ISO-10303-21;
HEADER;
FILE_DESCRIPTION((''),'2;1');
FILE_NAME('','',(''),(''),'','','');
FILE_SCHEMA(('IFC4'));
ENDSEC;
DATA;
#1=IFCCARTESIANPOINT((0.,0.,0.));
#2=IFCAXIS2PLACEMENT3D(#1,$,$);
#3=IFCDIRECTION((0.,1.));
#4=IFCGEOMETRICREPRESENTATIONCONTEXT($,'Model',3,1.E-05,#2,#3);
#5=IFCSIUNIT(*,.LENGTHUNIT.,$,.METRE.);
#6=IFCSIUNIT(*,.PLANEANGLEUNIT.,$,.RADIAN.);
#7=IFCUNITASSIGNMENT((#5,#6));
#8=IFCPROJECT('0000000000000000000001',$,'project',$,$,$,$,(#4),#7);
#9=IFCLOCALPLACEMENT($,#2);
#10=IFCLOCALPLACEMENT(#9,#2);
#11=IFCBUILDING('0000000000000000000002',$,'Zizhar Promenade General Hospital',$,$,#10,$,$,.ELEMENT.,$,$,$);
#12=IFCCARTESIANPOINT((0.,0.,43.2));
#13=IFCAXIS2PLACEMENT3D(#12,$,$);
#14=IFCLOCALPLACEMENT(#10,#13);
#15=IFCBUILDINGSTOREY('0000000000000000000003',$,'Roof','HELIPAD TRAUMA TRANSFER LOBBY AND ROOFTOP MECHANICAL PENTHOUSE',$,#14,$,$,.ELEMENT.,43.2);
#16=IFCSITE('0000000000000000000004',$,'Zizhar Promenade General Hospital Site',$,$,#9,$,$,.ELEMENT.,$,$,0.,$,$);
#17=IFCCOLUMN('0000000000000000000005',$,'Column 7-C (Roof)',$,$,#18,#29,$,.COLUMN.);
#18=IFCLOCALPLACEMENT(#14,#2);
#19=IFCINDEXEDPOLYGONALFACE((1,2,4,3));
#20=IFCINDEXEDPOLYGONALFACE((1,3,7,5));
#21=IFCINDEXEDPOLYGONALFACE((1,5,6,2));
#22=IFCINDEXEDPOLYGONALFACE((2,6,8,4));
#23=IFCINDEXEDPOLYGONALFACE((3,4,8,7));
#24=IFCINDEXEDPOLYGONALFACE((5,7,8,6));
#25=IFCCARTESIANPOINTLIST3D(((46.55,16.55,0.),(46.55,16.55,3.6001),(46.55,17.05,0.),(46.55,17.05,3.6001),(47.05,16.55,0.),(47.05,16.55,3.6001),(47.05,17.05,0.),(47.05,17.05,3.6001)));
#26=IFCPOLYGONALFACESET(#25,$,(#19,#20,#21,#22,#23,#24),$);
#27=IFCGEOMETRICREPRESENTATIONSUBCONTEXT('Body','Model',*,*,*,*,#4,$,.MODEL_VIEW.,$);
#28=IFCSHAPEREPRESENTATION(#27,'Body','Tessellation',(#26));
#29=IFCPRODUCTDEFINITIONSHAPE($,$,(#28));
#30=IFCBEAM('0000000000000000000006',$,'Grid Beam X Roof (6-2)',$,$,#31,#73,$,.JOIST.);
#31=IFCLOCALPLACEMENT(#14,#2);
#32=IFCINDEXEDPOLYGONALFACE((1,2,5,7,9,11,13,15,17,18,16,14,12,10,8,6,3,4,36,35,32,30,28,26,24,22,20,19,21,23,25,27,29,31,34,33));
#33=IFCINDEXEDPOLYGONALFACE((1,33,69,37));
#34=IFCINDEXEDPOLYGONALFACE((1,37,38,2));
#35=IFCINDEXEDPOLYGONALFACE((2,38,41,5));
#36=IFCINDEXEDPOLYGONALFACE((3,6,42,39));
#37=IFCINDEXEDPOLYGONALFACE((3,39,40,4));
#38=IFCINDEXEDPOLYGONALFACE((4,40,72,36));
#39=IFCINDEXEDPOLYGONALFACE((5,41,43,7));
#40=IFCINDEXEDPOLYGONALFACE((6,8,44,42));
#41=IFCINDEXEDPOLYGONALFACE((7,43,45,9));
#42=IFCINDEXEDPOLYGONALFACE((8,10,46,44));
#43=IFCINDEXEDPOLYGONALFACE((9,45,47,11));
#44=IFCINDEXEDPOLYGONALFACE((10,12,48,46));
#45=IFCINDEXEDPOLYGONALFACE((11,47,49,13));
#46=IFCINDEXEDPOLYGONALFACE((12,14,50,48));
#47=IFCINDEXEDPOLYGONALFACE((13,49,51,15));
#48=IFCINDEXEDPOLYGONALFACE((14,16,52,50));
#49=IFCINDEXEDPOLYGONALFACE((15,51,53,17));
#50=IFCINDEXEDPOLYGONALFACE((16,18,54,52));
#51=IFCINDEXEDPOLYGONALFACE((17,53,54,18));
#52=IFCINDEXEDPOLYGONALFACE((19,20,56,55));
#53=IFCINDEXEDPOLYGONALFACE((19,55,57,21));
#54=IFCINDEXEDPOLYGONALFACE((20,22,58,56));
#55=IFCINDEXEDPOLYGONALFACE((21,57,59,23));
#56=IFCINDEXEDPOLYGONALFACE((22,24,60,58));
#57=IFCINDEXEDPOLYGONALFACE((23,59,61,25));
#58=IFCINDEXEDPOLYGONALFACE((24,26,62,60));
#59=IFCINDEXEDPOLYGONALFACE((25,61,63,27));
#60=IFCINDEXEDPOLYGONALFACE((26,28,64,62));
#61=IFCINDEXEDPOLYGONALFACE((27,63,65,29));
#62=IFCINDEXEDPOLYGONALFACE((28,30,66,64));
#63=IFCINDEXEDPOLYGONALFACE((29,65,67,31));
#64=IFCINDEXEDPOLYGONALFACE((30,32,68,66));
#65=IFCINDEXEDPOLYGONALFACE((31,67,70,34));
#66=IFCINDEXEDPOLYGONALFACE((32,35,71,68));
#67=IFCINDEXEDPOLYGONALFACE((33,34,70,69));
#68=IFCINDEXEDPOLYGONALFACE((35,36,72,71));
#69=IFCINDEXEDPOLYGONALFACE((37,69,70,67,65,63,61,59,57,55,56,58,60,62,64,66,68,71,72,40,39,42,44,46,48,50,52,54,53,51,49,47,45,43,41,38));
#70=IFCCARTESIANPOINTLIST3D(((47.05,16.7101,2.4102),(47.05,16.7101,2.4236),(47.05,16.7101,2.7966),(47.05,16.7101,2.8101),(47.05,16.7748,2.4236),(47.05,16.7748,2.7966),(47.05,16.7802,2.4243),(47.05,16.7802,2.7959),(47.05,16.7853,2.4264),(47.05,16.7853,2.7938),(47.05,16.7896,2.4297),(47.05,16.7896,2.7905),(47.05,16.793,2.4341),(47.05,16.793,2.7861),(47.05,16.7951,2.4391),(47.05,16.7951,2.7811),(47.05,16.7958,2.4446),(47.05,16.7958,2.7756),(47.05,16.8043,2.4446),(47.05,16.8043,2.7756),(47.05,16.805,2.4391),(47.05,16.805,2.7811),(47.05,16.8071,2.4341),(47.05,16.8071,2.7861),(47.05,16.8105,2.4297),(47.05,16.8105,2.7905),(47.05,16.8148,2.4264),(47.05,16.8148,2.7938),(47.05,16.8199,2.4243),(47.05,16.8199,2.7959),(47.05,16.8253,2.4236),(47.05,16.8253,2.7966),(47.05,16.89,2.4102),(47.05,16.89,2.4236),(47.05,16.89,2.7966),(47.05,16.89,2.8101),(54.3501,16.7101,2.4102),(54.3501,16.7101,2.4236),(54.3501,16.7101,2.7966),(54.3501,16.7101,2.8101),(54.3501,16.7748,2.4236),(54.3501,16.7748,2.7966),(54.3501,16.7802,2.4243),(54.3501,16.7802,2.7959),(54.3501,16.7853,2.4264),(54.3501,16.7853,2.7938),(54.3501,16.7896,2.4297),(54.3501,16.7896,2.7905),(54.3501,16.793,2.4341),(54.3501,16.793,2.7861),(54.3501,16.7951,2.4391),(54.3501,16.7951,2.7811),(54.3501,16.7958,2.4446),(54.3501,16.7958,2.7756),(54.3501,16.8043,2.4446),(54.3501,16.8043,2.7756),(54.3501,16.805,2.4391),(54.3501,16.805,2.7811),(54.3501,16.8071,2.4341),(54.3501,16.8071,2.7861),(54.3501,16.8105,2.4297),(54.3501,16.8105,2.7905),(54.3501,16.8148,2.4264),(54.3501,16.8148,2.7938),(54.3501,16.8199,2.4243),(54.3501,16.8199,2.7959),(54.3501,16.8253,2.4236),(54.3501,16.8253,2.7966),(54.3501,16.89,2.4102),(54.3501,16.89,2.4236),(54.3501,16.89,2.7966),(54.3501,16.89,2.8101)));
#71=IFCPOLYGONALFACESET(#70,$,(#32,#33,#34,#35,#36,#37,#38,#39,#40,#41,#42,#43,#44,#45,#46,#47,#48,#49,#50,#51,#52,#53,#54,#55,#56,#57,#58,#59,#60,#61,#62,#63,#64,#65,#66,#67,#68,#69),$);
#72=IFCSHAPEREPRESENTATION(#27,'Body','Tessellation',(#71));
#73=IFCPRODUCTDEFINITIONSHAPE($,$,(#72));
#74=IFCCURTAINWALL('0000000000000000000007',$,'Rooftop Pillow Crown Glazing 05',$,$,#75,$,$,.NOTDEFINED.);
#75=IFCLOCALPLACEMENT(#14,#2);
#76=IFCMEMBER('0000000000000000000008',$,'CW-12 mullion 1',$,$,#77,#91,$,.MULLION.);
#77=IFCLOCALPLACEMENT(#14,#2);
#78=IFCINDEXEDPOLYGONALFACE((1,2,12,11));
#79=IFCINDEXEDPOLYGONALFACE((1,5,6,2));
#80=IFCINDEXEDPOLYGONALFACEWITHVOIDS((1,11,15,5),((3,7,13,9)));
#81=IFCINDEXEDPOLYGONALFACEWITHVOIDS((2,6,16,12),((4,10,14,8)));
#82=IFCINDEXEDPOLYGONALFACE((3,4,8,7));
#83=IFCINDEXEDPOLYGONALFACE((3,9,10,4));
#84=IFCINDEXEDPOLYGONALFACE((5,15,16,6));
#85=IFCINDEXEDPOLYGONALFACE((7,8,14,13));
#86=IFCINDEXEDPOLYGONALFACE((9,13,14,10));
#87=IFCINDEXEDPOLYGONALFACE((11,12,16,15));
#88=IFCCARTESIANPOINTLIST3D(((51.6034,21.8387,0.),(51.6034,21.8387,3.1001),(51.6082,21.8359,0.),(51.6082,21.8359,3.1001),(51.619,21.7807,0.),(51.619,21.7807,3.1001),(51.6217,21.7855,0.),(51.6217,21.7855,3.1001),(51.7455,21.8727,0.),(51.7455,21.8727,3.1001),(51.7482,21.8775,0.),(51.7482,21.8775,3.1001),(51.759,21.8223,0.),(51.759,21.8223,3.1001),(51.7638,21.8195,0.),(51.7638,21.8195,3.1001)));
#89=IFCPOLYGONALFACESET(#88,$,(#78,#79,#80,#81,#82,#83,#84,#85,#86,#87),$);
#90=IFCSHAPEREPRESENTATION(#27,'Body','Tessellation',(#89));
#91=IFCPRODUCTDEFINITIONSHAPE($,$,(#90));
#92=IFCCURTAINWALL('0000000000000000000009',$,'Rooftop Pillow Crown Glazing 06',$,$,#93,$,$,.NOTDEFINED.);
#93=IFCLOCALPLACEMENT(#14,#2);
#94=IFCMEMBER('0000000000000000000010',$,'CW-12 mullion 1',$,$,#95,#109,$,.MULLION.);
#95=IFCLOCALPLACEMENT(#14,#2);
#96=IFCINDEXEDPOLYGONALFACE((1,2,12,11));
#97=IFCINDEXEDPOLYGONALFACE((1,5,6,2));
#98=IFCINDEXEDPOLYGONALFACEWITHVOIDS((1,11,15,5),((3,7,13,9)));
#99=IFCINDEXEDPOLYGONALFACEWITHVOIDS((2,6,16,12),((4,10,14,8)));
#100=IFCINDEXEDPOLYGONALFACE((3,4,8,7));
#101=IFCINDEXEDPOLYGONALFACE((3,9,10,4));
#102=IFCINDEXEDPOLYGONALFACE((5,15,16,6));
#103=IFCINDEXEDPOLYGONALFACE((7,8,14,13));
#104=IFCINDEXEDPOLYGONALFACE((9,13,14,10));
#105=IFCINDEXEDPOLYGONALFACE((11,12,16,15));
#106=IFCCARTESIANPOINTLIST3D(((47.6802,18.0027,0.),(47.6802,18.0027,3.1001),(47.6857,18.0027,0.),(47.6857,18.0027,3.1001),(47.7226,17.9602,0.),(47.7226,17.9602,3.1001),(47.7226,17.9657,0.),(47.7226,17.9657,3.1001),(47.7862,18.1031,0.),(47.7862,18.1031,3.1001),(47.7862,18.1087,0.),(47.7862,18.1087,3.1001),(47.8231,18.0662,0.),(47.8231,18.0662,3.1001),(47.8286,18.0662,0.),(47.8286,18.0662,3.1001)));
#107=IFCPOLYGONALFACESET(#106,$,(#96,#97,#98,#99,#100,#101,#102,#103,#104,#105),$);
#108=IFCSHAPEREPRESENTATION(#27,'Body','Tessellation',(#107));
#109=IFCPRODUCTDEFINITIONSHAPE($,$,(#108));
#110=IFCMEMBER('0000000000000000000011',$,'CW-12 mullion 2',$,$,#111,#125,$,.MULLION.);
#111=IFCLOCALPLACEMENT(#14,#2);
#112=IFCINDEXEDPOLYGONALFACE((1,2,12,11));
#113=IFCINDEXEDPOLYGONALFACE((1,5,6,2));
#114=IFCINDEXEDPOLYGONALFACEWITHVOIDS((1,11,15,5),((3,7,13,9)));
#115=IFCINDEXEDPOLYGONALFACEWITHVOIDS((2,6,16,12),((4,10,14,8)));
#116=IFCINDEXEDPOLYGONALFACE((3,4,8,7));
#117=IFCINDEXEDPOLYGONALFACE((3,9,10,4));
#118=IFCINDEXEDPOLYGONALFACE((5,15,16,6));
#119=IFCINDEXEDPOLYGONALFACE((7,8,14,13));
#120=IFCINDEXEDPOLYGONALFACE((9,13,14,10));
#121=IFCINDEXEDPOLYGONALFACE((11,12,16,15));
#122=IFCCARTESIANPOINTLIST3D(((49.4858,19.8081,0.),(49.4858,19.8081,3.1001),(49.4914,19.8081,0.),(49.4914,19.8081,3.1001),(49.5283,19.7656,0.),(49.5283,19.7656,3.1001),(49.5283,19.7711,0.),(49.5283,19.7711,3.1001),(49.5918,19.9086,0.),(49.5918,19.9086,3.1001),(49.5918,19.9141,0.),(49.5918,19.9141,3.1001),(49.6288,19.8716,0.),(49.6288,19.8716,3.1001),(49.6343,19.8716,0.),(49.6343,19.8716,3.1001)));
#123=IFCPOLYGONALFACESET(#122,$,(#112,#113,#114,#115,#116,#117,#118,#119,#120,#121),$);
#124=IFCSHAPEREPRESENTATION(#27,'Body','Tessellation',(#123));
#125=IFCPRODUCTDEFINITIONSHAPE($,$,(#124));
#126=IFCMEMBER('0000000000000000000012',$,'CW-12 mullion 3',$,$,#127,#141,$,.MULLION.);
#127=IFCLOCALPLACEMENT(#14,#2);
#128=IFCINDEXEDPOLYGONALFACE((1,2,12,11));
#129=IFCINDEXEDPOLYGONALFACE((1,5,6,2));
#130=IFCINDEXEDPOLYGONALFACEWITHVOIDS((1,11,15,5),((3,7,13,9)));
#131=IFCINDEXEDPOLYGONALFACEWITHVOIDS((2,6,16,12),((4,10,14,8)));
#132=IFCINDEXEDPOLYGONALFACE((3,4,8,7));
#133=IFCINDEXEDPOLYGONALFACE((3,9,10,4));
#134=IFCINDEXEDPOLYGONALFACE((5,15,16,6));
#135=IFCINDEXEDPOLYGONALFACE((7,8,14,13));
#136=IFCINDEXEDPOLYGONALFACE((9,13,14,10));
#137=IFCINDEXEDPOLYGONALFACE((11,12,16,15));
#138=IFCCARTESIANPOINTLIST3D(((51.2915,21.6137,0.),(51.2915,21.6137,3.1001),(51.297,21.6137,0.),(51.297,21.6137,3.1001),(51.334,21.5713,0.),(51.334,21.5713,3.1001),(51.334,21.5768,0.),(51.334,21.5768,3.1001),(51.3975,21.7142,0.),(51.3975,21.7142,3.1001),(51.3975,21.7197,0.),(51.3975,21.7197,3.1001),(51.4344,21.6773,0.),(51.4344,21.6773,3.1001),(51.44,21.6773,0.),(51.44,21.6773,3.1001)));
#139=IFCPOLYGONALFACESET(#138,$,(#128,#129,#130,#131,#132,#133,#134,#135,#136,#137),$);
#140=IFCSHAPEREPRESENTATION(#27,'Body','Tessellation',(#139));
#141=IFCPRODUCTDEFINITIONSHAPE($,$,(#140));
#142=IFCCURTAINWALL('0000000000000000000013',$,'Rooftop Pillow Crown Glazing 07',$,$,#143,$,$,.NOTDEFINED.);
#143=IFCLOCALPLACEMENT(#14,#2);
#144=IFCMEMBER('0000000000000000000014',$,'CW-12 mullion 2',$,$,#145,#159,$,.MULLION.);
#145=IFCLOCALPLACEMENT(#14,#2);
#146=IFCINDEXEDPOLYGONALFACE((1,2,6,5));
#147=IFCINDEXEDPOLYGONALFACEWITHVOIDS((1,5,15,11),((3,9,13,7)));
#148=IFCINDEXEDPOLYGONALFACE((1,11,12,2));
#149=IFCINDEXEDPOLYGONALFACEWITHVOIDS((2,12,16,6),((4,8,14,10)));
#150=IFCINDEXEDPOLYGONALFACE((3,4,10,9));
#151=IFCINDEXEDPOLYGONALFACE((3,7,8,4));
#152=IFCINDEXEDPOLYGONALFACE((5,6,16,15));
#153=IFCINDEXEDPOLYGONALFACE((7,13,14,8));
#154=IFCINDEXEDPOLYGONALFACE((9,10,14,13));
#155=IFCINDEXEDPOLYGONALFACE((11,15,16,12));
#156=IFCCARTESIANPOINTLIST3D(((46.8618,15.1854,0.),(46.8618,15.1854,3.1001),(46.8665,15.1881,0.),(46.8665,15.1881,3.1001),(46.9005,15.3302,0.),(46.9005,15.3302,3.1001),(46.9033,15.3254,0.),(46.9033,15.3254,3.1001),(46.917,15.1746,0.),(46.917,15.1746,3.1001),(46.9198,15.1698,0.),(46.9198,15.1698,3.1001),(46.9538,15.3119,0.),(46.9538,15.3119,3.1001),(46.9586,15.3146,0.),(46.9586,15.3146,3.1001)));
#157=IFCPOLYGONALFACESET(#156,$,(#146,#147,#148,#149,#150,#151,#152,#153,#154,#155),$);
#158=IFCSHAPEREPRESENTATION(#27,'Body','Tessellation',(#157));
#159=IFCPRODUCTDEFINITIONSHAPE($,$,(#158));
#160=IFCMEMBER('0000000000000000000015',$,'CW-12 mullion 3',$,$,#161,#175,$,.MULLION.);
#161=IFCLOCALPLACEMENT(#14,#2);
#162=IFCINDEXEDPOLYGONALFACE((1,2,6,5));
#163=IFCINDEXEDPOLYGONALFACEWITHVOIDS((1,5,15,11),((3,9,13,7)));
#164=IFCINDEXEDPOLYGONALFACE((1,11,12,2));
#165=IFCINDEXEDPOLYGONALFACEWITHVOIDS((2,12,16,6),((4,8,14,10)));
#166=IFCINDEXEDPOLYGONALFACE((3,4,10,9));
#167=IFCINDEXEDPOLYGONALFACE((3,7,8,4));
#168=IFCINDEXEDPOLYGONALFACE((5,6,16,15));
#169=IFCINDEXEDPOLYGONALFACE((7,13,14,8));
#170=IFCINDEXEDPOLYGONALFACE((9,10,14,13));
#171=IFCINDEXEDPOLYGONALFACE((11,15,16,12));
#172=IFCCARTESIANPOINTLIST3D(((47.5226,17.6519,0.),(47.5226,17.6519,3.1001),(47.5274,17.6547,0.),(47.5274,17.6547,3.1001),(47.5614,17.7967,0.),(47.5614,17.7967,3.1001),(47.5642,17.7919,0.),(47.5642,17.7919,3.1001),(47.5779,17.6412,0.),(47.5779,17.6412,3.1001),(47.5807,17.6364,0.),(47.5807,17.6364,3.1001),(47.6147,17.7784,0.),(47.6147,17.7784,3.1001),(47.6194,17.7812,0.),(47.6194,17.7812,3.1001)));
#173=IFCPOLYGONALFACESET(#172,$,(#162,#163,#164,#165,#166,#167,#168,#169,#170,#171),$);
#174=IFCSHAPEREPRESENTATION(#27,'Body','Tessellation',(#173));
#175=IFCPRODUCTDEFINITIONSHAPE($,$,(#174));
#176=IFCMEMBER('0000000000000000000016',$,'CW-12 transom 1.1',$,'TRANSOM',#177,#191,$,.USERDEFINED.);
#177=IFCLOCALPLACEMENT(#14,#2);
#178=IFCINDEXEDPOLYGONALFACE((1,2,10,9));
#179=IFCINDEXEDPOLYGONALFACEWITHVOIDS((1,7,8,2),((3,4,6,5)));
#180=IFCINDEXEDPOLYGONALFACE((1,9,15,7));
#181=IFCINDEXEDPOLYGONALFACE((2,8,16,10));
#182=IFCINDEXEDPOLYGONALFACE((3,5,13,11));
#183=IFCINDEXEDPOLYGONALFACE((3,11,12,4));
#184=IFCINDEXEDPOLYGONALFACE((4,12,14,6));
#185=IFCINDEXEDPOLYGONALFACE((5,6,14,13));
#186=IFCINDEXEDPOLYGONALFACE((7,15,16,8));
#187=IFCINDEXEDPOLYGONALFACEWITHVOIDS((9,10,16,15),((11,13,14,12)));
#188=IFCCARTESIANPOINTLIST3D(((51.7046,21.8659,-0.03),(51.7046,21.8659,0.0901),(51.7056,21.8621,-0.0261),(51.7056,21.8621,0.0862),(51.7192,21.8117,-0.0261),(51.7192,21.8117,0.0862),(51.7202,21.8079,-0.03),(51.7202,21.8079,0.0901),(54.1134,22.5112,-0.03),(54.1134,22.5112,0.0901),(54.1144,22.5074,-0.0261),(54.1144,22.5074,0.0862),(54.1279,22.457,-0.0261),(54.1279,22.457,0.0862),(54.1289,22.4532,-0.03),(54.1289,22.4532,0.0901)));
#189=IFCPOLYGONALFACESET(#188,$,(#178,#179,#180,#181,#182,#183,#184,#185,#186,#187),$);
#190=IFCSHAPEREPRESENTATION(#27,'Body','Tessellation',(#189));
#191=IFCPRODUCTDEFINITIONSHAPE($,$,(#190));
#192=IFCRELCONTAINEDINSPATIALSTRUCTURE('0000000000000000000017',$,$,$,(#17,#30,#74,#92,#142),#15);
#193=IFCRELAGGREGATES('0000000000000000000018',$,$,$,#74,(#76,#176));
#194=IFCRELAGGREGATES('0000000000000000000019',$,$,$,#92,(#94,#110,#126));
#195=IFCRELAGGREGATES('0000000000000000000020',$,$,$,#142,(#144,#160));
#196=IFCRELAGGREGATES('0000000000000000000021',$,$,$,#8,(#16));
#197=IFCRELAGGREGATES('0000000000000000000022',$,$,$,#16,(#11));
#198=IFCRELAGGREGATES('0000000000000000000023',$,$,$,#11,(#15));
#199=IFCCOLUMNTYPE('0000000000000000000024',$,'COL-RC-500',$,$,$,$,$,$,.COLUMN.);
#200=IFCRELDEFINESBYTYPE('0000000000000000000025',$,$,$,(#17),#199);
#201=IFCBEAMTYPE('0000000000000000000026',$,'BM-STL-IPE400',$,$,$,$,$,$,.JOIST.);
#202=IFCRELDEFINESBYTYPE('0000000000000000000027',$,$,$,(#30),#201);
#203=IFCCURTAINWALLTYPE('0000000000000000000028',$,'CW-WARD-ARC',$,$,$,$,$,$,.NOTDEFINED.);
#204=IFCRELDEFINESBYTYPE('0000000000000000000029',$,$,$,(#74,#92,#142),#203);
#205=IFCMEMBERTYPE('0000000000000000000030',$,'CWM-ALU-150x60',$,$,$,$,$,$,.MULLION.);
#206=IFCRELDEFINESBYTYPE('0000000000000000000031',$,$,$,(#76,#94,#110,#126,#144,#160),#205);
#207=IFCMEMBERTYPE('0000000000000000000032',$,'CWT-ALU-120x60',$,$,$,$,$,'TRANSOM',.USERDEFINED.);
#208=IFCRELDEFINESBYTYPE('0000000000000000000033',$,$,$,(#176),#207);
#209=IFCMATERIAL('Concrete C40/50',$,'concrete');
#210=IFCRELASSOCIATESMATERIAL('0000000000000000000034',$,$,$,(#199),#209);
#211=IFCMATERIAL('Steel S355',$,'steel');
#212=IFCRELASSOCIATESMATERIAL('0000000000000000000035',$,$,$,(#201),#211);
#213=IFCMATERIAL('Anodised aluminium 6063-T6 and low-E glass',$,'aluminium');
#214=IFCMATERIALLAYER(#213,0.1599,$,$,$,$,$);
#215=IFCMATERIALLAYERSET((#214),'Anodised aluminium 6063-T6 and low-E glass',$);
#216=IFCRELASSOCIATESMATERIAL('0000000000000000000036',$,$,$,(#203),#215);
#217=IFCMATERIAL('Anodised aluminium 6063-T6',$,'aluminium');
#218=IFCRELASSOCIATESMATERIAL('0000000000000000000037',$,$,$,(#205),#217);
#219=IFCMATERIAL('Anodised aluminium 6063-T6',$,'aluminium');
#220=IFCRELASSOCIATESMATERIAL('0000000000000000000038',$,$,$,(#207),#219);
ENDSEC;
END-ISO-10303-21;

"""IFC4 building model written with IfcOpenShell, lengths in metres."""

from ifc_helpers import new_model, si_unit, direction, frame, origin, origin_2d, place, context, subcontext, project, spatial, rectangle, hollow_rectangle, i_section, extrude, material, layer, layer_set, material_profile, profile_set, type_object, element, aggregate, save


model = new_model("IFC4")

# Units and contexts
model_context = context("Model", 3, precision=1e-05, world=origin(), true_north=direction((0.0, 1.0)))
body_context = subcontext(model_context, "Body", "Model", "MODEL_VIEW")
ifc_project = project(units=[si_unit("LENGTHUNIT", "METRE"), si_unit("PLANEANGLEUNIT", "RADIAN")], contexts=[model_context])

# Site, building, storey
site_placement = place(None, origin())
site = spatial("IfcSite", under=ifc_project, at=site_placement, Name="Zizhar Promenade General Hospital Site", CompositionType="ELEMENT", RefElevation=0.0)
building_placement = place(site_placement, origin())
building = spatial("IfcBuilding", under=site, at=building_placement, Name="Zizhar Promenade General Hospital", CompositionType="ELEMENT")
storey_placement = place(building_placement, frame((0.0, 0.0, 43.2)))
storey = spatial("IfcBuildingStorey", under=building, at=storey_placement, Name="Roof", Description="HELIPAD TRAUMA TRANSFER LOBBY AND ROOFTOP MECHANICAL PENTHOUSE", CompositionType="ELEMENT", Elevation=43.2)

# Column
ifc_material_1 = material(Name="Concrete C40/50", Category="concrete")
ifc_material_profile_1 = material_profile(ifc_material_1, rectangle(XDim=0.5, YDim=0.5, at=origin_2d()))
ifc_profile_set_1 = profile_set([ifc_material_profile_1], Name="Concrete C40/50")
column_type = type_object("IfcColumnType", Name="COL-RC-500", PredefinedType="COLUMN", material=ifc_profile_set_1)
column_placement = place(storey_placement, frame((46.8, 16.8, 0.0), z_axis=(0.0, 0.0, 1.0), x_axis=(1.0, 0.0, 0.0)))
element("IfcColumn", 1, at=column_placement, inside=storey, type_object=column_type, Name="Column 7-C (Roof)", PredefinedType="COLUMN", context=body_context, shape_type="SweptSolid", body=[
    extrude(rectangle(XDim=0.5, YDim=0.5, at=origin_2d()), origin(), (0.0, 0.0, 1.0), 3.6001),
])

# Beam
ifc_material_2 = material(Name="Steel S355", Category="steel")
ifc_material_profile_2 = material_profile(ifc_material_2, i_section(OverallWidth=0.1799, OverallDepth=0.3999, WebThickness=0.0085, FlangeThickness=0.0134, FilletRadius=0.021, at=origin_2d()))
ifc_profile_set_2 = profile_set([ifc_material_profile_2], Name="Steel S355")
beam_type = type_object("IfcBeamType", Name="BM-STL-IPE400", PredefinedType="JOIST", material=ifc_profile_set_2)
beam_placement = place(storey_placement, frame((47.05, 16.8, 2.6101), z_axis=(1.0, 0.0, 0.0), x_axis=(0.0, 1.0, 0.0)))
element("IfcBeam", 2, at=beam_placement, inside=storey, type_object=beam_type, Name="Grid Beam X Roof (6-2)", PredefinedType="JOIST", context=body_context, shape_type="SweptSolid", body=[
    extrude(i_section(OverallWidth=0.1799, OverallDepth=0.3999, WebThickness=0.0085, FlangeThickness=0.0134, FilletRadius=0.021, at=origin_2d()), origin(), (0.0, 0.0, 1.0), 7.3),
])

# Curtain wall, member
ifc_material_3 = material(Name="Anodised aluminium 6063-T6 and low-E glass", Category="aluminium")
ifc_layer_1 = layer(ifc_material_3, 0.1599)
ifc_layer_set_1 = layer_set([ifc_layer_1], Name="Anodised aluminium 6063-T6 and low-E glass")
curtain_wall_type = type_object("IfcCurtainWallType", Name="CW-WARD-ARC", PredefinedType="NOTDEFINED", material=ifc_layer_set_1)
curtain_wall_1_placement = place(storey_placement, origin())
curtain_wall_1 = element("IfcCurtainWall", 3, at=curtain_wall_1_placement, inside=storey, type_object=curtain_wall_type, Name="Rooftop Pillow Crown Glazing 05", PredefinedType="NOTDEFINED")
ifc_material_4 = material(Name="Anodised aluminium 6063-T6", Category="aluminium")
ifc_material_profile_3 = material_profile(ifc_material_4, hollow_rectangle(XDim=0.0601, YDim=0.1499, WallThickness=0.0039, at=origin_2d()))
ifc_profile_set_3 = profile_set([ifc_material_profile_3], Name="Anodised aluminium 6063-T6")
member_type_1 = type_object("IfcMemberType", Name="CWM-ALU-150x60", PredefinedType="MULLION", material=ifc_profile_set_3)
member_1_placement = place(storey_placement, frame((51.6836, 21.8291, 0.0), z_axis=(0.0, 0.0, 1.0), x_axis=(-0.258813, 0.965927, 0.0)))
member_1 = element("IfcMember", 4, at=member_1_placement, type_object=member_type_1, Name="CW-12 mullion 1", PredefinedType="MULLION", context=body_context, shape_type="SweptSolid", body=[
    extrude(hollow_rectangle(XDim=0.0601, YDim=0.1499, WallThickness=0.0039, at=origin_2d()), origin(), (0.0, 0.0, 1.0), 3.1001),
])

# Curtain walls, members
curtain_wall_2_placement = place(storey_placement, origin())
curtain_wall_2 = element("IfcCurtainWall", 5, at=curtain_wall_2_placement, inside=storey, type_object=curtain_wall_type, Name="Rooftop Pillow Crown Glazing 06", PredefinedType="NOTDEFINED")
member_2_placement = place(storey_placement, frame((47.7544, 18.0344, 0.0), z_axis=(0.0, 0.0, 1.0), x_axis=(-0.707107, 0.707107, 0.0)))
member_2 = element("IfcMember", 6, at=member_2_placement, type_object=member_type_1, Name="CW-12 mullion 1", PredefinedType="MULLION", context=body_context, shape_type="SweptSolid", body=[
    extrude(hollow_rectangle(XDim=0.0601, YDim=0.1499, WallThickness=0.0039, at=origin_2d()), origin(), (0.0, 0.0, 1.0), 3.1001),
])
member_3_placement = place(storey_placement, frame((49.5601, 19.8398, 0.0), z_axis=(0.0, 0.0, 1.0), x_axis=(-0.707107, 0.707107, 0.0)))
member_3 = element("IfcMember", 7, at=member_3_placement, type_object=member_type_1, Name="CW-12 mullion 2", PredefinedType="MULLION", context=body_context, shape_type="SweptSolid", body=[
    extrude(hollow_rectangle(XDim=0.0601, YDim=0.1499, WallThickness=0.0039, at=origin_2d()), origin(), (0.0, 0.0, 1.0), 3.1001),
])
member_4_placement = place(storey_placement, frame((51.3657, 21.6455, 0.0), z_axis=(0.0, 0.0, 1.0), x_axis=(-0.707107, 0.707107, 0.0)))
member_4 = element("IfcMember", 8, at=member_4_placement, type_object=member_type_1, Name="CW-12 mullion 3", PredefinedType="MULLION", context=body_context, shape_type="SweptSolid", body=[
    extrude(hollow_rectangle(XDim=0.0601, YDim=0.1499, WallThickness=0.0039, at=origin_2d()), origin(), (0.0, 0.0, 1.0), 3.1001),
])
curtain_wall_3_placement = place(storey_placement, origin())
curtain_wall_3 = element("IfcCurtainWall", 9, at=curtain_wall_3_placement, inside=storey, type_object=curtain_wall_type, Name="Rooftop Pillow Crown Glazing 07", PredefinedType="NOTDEFINED")
member_5_placement = place(storey_placement, frame((46.9102, 15.25, 0.0), z_axis=(0.0, 0.0, 1.0), x_axis=(-0.965927, 0.258813, 0.0)))
member_5 = element("IfcMember", 10, at=member_5_placement, type_object=member_type_1, Name="CW-12 mullion 2", PredefinedType="MULLION", context=body_context, shape_type="SweptSolid", body=[
    extrude(hollow_rectangle(XDim=0.0601, YDim=0.1499, WallThickness=0.0039, at=origin_2d()), origin(), (0.0, 0.0, 1.0), 3.1001),
])
member_6_placement = place(storey_placement, frame((47.571, 17.7166, 0.0), z_axis=(0.0, 0.0, 1.0), x_axis=(-0.965927, 0.258813, 0.0)))
member_6 = element("IfcMember", 11, at=member_6_placement, type_object=member_type_1, Name="CW-12 mullion 3", PredefinedType="MULLION", context=body_context, shape_type="SweptSolid", body=[
    extrude(hollow_rectangle(XDim=0.0601, YDim=0.1499, WallThickness=0.0039, at=origin_2d()), origin(), (0.0, 0.0, 1.0), 3.1001),
])

# Member
ifc_material_5 = material(Name="Anodised aluminium 6063-T6", Category="aluminium")
ifc_material_profile_4 = material_profile(ifc_material_5, hollow_rectangle(XDim=0.0601, YDim=0.1201, WallThickness=0.0039, at=origin_2d()))
ifc_profile_set_4 = profile_set([ifc_material_profile_4], Name="Anodised aluminium 6063-T6")
member_type_2 = type_object("IfcMemberType", Name="CWT-ALU-120x60", ElementType="TRANSOM", PredefinedType="USERDEFINED", material=ifc_profile_set_4)
member_7_placement = place(storey_placement, frame((51.7124, 21.8369, 0.03), z_axis=(0.96594, 0.258765, 0.0), x_axis=(-0.258765, 0.96594, 0.0)))
member_7 = element("IfcMember", 12, at=member_7_placement, type_object=member_type_2, Name="CW-12 transom 1.1", ObjectType="TRANSOM", PredefinedType="USERDEFINED", context=body_context, shape_type="SweptSolid", body=[
    extrude(hollow_rectangle(XDim=0.0601, YDim=0.1201, WallThickness=0.0039, at=origin_2d()), origin(), (0.0, 0.0, 1.0), 2.4937),
])

aggregate(curtain_wall_1, [member_1, member_7])
aggregate(curtain_wall_2, [member_2, member_3, member_4])
aggregate(curtain_wall_3, [member_5, member_6])

save(model, "model.ifc")
